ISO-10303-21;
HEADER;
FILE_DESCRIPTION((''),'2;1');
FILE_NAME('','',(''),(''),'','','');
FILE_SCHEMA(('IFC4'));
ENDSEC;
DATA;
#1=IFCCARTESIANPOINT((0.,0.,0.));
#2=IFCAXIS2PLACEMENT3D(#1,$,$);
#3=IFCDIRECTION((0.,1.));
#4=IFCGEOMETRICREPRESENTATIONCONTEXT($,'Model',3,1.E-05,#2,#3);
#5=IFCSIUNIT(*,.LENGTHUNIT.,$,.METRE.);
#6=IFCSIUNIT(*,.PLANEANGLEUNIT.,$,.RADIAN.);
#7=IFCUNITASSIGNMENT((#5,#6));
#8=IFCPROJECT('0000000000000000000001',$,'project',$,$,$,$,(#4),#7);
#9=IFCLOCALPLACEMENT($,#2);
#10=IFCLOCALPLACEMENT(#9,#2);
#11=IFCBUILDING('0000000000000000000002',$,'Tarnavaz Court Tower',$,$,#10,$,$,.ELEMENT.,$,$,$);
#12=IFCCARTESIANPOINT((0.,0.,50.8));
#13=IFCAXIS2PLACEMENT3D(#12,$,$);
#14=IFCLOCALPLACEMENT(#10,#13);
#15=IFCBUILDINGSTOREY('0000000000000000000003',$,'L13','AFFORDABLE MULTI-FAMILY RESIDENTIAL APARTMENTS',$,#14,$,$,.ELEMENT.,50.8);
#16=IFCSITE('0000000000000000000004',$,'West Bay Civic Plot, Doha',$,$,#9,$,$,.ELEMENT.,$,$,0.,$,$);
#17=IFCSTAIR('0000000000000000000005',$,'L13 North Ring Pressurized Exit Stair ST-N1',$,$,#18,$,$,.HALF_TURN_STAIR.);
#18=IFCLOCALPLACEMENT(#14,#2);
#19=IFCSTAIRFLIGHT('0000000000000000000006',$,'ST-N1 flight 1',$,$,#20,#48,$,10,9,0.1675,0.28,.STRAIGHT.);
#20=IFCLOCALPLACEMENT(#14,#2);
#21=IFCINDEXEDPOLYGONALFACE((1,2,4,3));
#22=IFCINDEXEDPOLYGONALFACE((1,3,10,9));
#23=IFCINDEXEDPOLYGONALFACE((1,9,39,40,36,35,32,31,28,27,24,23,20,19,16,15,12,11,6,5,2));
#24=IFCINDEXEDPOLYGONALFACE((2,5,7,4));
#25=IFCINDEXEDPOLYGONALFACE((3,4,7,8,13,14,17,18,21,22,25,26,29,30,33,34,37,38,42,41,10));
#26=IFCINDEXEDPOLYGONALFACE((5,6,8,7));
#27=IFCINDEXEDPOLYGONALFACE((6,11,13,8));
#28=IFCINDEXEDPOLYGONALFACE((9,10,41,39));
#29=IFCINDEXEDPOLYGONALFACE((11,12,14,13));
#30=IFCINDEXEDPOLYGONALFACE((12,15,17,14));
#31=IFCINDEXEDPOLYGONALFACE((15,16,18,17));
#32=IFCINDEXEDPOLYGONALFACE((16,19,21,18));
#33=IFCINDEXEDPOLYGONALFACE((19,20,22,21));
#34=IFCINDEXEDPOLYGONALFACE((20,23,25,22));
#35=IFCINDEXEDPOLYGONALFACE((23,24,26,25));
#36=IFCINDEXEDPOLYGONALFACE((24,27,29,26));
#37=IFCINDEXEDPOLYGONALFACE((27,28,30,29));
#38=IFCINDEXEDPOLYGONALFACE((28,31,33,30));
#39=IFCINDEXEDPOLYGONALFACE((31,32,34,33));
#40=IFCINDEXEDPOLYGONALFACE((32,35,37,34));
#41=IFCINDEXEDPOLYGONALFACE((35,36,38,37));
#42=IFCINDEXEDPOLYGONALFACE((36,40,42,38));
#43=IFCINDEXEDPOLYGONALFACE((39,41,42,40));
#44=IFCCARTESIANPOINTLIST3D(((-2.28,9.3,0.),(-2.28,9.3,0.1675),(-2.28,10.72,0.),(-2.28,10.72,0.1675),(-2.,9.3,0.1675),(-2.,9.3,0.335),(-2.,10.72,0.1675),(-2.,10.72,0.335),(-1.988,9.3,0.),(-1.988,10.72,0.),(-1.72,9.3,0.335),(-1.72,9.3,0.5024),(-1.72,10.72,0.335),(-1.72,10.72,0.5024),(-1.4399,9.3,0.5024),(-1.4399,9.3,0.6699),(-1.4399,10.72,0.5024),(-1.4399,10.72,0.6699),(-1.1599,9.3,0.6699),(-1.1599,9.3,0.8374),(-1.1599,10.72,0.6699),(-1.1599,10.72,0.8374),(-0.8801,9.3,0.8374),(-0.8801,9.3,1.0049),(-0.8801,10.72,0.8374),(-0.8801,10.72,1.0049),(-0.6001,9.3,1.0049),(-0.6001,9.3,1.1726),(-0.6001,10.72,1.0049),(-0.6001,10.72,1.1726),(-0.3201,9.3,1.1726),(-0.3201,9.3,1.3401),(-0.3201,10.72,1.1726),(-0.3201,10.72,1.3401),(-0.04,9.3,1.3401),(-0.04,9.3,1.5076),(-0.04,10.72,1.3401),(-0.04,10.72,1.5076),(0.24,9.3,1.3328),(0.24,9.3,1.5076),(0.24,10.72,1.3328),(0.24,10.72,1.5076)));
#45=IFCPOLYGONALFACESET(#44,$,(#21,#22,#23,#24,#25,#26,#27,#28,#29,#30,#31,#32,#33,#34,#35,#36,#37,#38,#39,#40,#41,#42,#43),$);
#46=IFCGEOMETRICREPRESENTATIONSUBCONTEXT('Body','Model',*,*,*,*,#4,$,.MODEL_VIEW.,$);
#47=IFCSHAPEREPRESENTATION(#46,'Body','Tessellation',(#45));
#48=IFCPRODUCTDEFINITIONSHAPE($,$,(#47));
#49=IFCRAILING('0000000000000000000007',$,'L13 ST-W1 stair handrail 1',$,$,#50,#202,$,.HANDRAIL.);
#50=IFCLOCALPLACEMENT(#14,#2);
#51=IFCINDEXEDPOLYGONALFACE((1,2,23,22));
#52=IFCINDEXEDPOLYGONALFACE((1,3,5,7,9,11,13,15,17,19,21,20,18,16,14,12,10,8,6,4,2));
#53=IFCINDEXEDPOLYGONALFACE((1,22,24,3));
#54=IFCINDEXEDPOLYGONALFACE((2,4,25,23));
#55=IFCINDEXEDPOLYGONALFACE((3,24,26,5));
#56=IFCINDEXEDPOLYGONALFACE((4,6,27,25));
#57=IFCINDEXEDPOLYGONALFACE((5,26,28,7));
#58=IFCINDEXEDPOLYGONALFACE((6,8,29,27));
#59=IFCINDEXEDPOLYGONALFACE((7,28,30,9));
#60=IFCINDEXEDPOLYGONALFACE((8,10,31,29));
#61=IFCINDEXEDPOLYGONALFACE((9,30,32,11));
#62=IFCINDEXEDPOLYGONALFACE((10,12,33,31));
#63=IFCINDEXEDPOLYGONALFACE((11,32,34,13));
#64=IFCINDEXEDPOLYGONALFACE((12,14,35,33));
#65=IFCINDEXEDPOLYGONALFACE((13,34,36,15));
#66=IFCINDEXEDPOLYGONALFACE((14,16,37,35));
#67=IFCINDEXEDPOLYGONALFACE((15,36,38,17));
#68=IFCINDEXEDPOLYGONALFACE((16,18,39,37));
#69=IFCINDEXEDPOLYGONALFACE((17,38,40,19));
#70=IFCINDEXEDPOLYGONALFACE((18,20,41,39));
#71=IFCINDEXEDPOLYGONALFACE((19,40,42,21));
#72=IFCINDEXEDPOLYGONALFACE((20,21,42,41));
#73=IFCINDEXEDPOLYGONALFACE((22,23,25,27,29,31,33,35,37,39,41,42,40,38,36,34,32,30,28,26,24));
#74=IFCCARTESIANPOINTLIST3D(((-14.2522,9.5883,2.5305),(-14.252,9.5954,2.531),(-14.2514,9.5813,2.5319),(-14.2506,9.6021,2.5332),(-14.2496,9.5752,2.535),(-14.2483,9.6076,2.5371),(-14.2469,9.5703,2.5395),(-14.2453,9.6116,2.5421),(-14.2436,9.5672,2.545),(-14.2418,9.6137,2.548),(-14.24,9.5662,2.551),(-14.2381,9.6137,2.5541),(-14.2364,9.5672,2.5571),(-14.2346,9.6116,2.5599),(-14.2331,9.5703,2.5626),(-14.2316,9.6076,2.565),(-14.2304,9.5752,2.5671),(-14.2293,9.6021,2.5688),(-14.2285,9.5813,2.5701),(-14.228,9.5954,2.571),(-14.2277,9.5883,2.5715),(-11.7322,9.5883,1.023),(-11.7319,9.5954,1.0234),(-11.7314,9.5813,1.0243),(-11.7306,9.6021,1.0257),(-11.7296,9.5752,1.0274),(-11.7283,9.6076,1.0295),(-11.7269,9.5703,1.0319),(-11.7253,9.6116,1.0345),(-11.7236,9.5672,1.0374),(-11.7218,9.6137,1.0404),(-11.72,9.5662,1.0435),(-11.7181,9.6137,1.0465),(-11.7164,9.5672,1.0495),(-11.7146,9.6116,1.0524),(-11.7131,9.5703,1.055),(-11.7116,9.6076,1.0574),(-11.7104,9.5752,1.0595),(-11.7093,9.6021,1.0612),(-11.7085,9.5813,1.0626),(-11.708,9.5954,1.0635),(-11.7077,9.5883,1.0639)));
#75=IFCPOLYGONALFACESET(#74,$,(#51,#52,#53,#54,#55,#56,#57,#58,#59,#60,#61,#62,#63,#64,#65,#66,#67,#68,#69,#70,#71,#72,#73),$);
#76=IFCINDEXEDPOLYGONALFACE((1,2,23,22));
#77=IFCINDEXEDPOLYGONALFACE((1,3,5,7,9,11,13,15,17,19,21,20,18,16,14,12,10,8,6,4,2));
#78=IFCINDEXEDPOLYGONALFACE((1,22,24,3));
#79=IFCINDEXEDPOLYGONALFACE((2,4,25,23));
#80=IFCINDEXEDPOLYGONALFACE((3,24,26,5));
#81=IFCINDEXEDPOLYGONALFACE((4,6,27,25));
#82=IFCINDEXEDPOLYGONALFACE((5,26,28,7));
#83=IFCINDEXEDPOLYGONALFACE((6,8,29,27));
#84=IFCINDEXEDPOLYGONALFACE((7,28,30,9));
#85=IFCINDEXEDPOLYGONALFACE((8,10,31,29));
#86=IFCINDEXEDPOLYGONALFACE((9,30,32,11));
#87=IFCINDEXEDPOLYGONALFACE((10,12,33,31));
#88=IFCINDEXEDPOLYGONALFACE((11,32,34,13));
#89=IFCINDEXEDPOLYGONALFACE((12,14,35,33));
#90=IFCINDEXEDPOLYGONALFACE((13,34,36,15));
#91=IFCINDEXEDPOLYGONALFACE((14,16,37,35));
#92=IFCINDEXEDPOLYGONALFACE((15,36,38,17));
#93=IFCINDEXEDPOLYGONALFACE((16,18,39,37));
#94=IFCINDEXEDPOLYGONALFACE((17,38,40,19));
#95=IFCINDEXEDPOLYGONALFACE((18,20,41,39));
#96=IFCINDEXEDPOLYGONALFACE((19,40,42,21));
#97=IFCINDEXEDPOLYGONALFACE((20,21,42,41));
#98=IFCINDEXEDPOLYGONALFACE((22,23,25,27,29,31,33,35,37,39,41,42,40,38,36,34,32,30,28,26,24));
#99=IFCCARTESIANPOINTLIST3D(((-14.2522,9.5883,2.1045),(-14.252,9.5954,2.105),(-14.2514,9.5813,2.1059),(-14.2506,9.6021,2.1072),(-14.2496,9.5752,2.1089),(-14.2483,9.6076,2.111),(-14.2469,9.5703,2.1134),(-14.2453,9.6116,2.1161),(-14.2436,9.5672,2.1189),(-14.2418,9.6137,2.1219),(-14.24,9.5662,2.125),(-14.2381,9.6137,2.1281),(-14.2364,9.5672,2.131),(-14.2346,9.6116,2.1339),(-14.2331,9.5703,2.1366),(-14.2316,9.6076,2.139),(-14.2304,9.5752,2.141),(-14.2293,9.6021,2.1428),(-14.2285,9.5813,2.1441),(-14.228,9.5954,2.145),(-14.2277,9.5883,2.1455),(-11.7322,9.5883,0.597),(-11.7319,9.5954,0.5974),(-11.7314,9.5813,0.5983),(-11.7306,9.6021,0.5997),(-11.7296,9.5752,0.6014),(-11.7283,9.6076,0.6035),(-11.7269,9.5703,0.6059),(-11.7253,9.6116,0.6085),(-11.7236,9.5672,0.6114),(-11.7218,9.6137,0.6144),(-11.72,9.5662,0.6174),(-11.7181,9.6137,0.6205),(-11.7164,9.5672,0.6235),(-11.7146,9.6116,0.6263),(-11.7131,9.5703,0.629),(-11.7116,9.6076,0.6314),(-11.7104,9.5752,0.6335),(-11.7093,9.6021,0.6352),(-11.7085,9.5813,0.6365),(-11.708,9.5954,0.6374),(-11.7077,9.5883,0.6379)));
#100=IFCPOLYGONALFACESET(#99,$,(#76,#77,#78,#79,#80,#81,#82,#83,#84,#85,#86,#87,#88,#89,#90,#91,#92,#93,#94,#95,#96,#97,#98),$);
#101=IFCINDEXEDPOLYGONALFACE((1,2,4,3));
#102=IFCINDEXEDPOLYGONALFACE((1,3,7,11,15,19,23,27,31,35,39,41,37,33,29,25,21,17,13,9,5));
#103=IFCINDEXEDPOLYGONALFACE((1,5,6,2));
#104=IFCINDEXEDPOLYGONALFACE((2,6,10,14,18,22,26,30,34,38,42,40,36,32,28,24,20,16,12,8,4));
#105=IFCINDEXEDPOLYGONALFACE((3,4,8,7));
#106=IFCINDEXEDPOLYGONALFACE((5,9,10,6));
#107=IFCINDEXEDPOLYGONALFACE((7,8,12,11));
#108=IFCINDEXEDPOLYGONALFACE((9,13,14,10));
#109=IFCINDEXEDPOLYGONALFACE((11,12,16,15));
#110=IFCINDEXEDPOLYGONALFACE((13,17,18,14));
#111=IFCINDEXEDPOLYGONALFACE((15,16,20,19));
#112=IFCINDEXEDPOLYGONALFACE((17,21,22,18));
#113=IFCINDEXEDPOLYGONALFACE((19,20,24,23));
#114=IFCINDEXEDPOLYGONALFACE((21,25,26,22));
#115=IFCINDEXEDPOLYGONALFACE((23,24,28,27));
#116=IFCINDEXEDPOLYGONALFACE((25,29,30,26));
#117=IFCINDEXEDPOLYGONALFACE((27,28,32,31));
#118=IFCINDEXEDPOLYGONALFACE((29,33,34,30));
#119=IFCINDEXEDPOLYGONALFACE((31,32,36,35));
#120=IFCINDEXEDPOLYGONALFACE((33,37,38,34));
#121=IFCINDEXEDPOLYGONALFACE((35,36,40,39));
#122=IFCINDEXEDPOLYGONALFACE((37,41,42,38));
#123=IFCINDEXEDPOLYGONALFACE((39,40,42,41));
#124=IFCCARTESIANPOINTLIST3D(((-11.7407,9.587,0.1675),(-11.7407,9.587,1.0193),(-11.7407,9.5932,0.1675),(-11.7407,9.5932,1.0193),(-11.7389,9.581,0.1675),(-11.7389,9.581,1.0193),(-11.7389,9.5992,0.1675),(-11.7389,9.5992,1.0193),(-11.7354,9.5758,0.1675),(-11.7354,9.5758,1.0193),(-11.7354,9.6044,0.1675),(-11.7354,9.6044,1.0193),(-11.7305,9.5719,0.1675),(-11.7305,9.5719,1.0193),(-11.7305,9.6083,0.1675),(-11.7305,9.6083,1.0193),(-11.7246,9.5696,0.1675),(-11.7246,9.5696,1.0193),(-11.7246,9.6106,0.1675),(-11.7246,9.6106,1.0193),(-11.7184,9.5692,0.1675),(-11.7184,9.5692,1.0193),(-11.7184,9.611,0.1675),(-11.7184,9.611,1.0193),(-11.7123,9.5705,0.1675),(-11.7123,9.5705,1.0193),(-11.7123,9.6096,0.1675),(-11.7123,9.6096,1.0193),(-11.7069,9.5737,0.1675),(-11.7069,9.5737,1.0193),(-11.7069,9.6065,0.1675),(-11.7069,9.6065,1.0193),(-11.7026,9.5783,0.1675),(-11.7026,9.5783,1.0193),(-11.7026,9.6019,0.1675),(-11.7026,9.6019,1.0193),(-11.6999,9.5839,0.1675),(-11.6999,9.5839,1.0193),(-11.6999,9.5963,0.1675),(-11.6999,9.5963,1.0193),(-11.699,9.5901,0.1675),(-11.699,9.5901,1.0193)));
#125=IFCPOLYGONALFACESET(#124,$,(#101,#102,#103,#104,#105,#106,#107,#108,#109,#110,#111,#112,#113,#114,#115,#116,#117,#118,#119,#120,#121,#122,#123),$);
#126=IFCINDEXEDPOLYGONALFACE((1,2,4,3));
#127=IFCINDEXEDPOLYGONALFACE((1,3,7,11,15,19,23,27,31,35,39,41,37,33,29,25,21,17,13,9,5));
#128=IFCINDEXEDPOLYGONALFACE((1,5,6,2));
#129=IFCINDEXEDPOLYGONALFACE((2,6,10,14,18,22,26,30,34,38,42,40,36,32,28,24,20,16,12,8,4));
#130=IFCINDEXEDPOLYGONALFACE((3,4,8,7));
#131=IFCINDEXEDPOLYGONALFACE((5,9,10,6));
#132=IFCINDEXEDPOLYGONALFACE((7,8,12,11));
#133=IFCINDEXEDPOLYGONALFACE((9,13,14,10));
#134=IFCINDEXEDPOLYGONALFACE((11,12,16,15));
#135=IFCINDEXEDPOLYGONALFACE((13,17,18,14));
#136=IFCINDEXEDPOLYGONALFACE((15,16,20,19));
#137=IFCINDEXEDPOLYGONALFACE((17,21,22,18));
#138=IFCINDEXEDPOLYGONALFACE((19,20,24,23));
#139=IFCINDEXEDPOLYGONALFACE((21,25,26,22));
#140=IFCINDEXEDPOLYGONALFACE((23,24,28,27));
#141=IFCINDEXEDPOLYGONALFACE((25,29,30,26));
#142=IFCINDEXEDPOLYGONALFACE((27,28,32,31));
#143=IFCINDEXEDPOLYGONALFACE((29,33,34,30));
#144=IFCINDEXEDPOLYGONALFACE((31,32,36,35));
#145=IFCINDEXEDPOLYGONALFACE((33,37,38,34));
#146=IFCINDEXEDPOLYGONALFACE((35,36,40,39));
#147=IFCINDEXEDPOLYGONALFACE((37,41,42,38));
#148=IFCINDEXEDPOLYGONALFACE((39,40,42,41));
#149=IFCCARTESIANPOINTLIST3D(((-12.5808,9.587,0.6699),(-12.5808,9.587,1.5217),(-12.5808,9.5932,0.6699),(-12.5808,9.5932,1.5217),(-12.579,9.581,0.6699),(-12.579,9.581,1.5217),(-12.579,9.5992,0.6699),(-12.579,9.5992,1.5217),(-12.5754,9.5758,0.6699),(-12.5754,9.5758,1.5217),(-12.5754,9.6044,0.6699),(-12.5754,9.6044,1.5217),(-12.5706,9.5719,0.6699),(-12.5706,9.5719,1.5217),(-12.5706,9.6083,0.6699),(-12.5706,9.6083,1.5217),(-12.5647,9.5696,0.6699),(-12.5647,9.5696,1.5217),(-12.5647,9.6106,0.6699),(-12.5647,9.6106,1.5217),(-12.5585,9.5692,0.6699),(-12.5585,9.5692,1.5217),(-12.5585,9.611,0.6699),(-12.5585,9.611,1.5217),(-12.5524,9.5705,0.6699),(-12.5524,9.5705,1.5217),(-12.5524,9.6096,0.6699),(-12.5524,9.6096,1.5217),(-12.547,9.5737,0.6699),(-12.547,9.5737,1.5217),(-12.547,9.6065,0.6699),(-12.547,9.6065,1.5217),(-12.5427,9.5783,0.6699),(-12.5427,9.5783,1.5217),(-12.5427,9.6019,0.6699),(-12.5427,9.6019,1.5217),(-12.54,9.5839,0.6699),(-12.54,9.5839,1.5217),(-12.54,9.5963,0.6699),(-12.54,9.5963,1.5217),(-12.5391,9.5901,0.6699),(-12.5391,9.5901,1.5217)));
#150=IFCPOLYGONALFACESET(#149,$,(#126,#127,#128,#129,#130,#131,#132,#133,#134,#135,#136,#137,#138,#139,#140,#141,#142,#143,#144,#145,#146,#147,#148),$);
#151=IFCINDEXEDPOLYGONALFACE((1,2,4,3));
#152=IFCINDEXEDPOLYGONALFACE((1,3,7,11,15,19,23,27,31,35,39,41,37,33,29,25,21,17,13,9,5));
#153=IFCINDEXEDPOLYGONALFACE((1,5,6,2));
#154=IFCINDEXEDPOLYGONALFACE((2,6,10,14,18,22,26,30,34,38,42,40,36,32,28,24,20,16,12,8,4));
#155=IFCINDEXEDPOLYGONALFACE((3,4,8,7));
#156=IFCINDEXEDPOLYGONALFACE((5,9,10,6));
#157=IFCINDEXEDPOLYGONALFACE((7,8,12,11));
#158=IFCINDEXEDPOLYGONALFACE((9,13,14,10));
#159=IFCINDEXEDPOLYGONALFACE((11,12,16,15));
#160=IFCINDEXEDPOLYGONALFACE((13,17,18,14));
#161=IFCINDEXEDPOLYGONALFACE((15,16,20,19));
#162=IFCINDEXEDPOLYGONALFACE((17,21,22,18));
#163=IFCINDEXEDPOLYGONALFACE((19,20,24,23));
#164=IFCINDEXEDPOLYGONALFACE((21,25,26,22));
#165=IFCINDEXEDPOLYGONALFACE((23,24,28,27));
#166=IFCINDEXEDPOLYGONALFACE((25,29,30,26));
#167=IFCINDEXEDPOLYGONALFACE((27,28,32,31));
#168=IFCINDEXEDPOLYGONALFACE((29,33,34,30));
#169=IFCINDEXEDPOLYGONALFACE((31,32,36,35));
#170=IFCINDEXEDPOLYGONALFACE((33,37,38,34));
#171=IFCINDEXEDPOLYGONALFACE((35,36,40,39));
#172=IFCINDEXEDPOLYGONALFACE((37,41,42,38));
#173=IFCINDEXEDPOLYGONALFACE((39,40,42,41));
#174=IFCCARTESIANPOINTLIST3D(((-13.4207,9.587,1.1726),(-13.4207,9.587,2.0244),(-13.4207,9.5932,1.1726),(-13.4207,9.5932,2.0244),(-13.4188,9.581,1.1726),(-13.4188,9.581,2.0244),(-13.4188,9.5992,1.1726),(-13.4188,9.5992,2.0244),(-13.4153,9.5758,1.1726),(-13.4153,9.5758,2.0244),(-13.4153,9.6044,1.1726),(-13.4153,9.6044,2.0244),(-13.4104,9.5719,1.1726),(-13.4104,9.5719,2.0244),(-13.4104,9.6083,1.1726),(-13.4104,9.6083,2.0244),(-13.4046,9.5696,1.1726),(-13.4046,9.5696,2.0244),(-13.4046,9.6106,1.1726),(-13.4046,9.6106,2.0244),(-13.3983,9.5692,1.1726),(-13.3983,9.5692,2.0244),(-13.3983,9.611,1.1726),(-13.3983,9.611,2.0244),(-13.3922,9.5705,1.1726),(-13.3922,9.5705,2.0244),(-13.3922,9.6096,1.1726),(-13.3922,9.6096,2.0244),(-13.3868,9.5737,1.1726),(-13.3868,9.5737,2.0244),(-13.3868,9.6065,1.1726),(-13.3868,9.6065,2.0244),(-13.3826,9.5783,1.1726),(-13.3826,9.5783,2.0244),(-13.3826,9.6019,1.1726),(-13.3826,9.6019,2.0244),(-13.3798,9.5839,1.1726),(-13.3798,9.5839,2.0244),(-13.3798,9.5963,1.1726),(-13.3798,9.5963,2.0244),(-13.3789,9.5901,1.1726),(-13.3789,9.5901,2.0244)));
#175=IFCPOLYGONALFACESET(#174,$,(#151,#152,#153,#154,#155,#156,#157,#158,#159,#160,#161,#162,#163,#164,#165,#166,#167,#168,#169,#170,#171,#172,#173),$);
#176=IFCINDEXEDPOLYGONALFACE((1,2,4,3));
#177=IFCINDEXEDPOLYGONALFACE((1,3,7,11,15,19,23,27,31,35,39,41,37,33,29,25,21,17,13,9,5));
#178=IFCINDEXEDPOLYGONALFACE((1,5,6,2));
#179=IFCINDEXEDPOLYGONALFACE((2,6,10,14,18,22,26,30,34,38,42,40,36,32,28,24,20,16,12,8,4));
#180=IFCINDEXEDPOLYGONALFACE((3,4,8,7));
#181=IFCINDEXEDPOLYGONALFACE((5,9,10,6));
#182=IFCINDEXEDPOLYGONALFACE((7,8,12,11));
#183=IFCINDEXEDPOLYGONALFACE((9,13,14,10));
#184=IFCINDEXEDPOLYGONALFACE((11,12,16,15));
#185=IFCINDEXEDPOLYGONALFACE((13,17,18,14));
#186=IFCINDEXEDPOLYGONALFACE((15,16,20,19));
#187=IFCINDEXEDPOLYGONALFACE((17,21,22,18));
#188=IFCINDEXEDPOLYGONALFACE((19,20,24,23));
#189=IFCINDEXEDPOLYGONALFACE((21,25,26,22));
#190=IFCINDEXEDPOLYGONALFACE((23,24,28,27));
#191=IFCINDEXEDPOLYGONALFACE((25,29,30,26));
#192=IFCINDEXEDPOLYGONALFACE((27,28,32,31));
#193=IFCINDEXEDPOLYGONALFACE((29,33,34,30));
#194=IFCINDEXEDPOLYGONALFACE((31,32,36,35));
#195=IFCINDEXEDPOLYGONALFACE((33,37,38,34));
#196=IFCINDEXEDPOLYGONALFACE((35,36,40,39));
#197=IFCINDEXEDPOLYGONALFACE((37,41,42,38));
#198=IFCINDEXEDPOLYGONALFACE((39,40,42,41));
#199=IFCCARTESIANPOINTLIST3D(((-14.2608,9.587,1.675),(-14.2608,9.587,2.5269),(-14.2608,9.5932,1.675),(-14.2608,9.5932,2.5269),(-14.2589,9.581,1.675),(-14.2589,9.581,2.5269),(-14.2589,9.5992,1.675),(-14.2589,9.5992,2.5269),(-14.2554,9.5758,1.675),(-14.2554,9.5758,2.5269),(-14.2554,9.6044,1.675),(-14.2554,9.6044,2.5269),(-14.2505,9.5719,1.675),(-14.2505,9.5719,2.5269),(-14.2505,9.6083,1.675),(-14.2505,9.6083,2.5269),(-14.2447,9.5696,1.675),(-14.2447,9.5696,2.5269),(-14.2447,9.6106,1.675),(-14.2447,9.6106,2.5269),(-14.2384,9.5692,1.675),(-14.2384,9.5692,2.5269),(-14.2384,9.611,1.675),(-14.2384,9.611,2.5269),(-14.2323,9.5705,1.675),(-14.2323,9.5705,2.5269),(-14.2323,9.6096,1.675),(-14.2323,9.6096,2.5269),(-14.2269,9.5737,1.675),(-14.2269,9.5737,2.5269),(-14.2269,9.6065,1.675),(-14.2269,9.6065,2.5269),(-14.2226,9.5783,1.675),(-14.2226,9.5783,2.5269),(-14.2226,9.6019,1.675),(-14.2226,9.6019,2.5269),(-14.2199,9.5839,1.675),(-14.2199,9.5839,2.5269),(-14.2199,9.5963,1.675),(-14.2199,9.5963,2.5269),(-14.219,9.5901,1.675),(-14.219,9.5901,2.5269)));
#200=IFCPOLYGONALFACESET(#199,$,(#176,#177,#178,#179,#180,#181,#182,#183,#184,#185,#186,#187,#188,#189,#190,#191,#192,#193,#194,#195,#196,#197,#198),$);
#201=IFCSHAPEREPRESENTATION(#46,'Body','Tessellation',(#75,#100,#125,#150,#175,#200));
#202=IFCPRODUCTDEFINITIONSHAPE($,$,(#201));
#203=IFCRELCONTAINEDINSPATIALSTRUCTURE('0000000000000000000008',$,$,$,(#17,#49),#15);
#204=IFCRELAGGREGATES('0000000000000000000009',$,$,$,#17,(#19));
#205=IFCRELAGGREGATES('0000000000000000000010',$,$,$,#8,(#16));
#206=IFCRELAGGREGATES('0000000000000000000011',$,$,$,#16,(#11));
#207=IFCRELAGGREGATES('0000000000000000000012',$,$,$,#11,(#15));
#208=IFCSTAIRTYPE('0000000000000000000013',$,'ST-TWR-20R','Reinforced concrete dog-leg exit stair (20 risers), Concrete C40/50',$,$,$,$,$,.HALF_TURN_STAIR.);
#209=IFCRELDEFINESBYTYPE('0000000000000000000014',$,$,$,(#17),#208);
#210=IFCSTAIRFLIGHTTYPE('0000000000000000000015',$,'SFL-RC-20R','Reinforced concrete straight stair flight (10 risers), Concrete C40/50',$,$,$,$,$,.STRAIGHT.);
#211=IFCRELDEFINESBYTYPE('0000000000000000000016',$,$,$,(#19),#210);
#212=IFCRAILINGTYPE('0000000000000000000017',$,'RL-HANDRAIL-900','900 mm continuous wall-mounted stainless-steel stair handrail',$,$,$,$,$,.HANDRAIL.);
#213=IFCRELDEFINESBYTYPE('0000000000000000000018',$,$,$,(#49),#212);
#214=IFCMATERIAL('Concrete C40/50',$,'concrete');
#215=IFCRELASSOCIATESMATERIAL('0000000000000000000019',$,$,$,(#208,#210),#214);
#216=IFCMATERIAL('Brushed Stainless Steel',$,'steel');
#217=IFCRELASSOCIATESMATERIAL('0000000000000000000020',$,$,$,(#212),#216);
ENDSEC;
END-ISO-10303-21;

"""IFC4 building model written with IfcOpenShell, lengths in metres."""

from ifc_helpers import new_model, si_unit, direction, frame, origin, origin_2d, place, context, subcontext, project, spatial, polyline, circle, outline, extrude, material, type_object, element, aggregate, save


model = new_model("IFC4")

# Units and contexts
model_context = context("Model", 3, precision=1e-05, world=origin(), true_north=direction((0.0, 1.0)))
body_context = subcontext(model_context, "Body", "Model", "MODEL_VIEW")
ifc_project = project(units=[si_unit("LENGTHUNIT", "METRE"), si_unit("PLANEANGLEUNIT", "RADIAN")], contexts=[model_context])

# Site, building, storey
site_placement = place(None, origin())
site = spatial("IfcSite", under=ifc_project, at=site_placement, Name="West Bay Civic Plot, Doha", CompositionType="ELEMENT", RefElevation=0.0)
building_placement = place(site_placement, origin())
building = spatial("IfcBuilding", under=site, at=building_placement, Name="Tarnavaz Court Tower", CompositionType="ELEMENT")
storey_placement = place(building_placement, frame((0.0, 0.0, 50.8)))
storey = spatial("IfcBuildingStorey", under=building, at=storey_placement, Name="L13", Description="AFFORDABLE MULTI-FAMILY RESIDENTIAL APARTMENTS", CompositionType="ELEMENT", Elevation=50.8)

# Shared definitions
ifc_material_1 = material(Name="Concrete C40/50", Category="concrete")
stair_type = type_object("IfcStairType", Name="ST-TWR-20R", Description="Reinforced concrete dog-leg exit stair (20 risers), Concrete C40/50", PredefinedType="HALF_TURN_STAIR", material=ifc_material_1)
stair_flight_type = type_object("IfcStairFlightType", Name="SFL-RC-20R", Description="Reinforced concrete straight stair flight (10 risers), Concrete C40/50", PredefinedType="STRAIGHT", material=ifc_material_1)

# Stair, stair flight
stair_1_placement = place(storey_placement, origin())
stair_1 = element("IfcStair", 1, at=stair_1_placement, inside=storey, type_object=stair_type, Name="L13 North Ring Pressurized Exit Stair ST-N1", PredefinedType="HALF_TURN_STAIR")
stair_flight_1_placement = place(storey_placement, frame((-2.28, 10.01, 0.0), z_axis=(0.0, 0.0, 1.0), x_axis=(1.0, 0.0, 0.0)))
stair_flight_1 = element("IfcStairFlight", 2, at=stair_flight_1_placement, type_object=stair_flight_type, Name="ST-N1 flight 1", NumberOfRisers=10, NumberOfTreads=9, PredefinedType="STRAIGHT", RiserHeight=0.1675, TreadLength=0.28, context=body_context, shape_type="SweptSolid", body=[
    extrude(outline(polyline([(0.0, 0.0), (0.0, 0.1675), (0.28, 0.1675), (0.28, 0.335), (0.5601, 0.335), (0.5601, 0.5024), (0.8401, 0.5024), (0.8401, 0.6699), (1.1201, 0.6699), (1.1201, 0.8374), (1.3999, 0.8374), (1.3999, 1.0049), (1.6799, 1.0049), (1.6799, 1.1726), (1.96, 1.1726), (1.96, 1.3401), (2.24, 1.3401), (2.24, 1.5076), (2.52, 1.5076), (2.52, 1.675), (2.52, 1.3328), (0.292, 0.0), (0.0, 0.0)])), frame((0.0, 0.71, 0.0), z_axis=(0.0, -1.0, 0.0), x_axis=(1.0, 0.0, 0.0)), (0.0, 0.0, 1.0), 1.4199),
])
aggregate(stair_1, [stair_flight_1])

# Railing
ifc_material_2 = material(Name="Brushed Stainless Steel", Category="steel")
railing_type_1 = type_object("IfcRailingType", Name="RL-HANDRAIL-900", Description="900 mm continuous wall-mounted stainless-steel stair handrail", PredefinedType="HANDRAIL", material=ifc_material_2)
railing_1_placement = place(storey_placement, frame((-11.72, 9.5901, 0.1675)))
element("IfcRailing", 3, at=railing_1_placement, inside=storey, type_object=railing_type_1, Name="L13 ST-W1 stair handrail 1", PredefinedType="HANDRAIL", context=body_context, shape_type="SweptSolid", body=[
    extrude(circle(Radius=0.0239, at=origin_2d()), frame((0.0, 0.0, 0.876), z_axis=(-0.85816, 0.0, 0.513383), x_axis=(0.0, -1.0, 0.0)), (0.0, 0.0, 1.0), 2.9365),
    extrude(circle(Radius=0.0239, at=origin_2d()), frame((0.0, 0.0, 0.45), z_axis=(-0.85816, 0.0, 0.513383), x_axis=(0.0, -1.0, 0.0)), (0.0, 0.0, 1.0), 2.9365),
    extrude(circle(Radius=0.021, at=origin_2d()), origin(), (0.0, 0.0, 1.0), 0.8518),
    extrude(circle(Radius=0.021, at=origin_2d()), frame((-0.8401, 0.0, 0.5024)), (0.0, 0.0, 1.0), 0.8518),
    extrude(circle(Radius=0.021, at=origin_2d()), frame((-1.6799, 0.0, 1.0051)), (0.0, 0.0, 1.0), 0.8518),
    extrude(circle(Radius=0.021, at=origin_2d()), frame((-2.52, 0.0, 1.5076)), (0.0, 0.0, 1.0), 0.8518),
])

save(model, "model.ifc")
